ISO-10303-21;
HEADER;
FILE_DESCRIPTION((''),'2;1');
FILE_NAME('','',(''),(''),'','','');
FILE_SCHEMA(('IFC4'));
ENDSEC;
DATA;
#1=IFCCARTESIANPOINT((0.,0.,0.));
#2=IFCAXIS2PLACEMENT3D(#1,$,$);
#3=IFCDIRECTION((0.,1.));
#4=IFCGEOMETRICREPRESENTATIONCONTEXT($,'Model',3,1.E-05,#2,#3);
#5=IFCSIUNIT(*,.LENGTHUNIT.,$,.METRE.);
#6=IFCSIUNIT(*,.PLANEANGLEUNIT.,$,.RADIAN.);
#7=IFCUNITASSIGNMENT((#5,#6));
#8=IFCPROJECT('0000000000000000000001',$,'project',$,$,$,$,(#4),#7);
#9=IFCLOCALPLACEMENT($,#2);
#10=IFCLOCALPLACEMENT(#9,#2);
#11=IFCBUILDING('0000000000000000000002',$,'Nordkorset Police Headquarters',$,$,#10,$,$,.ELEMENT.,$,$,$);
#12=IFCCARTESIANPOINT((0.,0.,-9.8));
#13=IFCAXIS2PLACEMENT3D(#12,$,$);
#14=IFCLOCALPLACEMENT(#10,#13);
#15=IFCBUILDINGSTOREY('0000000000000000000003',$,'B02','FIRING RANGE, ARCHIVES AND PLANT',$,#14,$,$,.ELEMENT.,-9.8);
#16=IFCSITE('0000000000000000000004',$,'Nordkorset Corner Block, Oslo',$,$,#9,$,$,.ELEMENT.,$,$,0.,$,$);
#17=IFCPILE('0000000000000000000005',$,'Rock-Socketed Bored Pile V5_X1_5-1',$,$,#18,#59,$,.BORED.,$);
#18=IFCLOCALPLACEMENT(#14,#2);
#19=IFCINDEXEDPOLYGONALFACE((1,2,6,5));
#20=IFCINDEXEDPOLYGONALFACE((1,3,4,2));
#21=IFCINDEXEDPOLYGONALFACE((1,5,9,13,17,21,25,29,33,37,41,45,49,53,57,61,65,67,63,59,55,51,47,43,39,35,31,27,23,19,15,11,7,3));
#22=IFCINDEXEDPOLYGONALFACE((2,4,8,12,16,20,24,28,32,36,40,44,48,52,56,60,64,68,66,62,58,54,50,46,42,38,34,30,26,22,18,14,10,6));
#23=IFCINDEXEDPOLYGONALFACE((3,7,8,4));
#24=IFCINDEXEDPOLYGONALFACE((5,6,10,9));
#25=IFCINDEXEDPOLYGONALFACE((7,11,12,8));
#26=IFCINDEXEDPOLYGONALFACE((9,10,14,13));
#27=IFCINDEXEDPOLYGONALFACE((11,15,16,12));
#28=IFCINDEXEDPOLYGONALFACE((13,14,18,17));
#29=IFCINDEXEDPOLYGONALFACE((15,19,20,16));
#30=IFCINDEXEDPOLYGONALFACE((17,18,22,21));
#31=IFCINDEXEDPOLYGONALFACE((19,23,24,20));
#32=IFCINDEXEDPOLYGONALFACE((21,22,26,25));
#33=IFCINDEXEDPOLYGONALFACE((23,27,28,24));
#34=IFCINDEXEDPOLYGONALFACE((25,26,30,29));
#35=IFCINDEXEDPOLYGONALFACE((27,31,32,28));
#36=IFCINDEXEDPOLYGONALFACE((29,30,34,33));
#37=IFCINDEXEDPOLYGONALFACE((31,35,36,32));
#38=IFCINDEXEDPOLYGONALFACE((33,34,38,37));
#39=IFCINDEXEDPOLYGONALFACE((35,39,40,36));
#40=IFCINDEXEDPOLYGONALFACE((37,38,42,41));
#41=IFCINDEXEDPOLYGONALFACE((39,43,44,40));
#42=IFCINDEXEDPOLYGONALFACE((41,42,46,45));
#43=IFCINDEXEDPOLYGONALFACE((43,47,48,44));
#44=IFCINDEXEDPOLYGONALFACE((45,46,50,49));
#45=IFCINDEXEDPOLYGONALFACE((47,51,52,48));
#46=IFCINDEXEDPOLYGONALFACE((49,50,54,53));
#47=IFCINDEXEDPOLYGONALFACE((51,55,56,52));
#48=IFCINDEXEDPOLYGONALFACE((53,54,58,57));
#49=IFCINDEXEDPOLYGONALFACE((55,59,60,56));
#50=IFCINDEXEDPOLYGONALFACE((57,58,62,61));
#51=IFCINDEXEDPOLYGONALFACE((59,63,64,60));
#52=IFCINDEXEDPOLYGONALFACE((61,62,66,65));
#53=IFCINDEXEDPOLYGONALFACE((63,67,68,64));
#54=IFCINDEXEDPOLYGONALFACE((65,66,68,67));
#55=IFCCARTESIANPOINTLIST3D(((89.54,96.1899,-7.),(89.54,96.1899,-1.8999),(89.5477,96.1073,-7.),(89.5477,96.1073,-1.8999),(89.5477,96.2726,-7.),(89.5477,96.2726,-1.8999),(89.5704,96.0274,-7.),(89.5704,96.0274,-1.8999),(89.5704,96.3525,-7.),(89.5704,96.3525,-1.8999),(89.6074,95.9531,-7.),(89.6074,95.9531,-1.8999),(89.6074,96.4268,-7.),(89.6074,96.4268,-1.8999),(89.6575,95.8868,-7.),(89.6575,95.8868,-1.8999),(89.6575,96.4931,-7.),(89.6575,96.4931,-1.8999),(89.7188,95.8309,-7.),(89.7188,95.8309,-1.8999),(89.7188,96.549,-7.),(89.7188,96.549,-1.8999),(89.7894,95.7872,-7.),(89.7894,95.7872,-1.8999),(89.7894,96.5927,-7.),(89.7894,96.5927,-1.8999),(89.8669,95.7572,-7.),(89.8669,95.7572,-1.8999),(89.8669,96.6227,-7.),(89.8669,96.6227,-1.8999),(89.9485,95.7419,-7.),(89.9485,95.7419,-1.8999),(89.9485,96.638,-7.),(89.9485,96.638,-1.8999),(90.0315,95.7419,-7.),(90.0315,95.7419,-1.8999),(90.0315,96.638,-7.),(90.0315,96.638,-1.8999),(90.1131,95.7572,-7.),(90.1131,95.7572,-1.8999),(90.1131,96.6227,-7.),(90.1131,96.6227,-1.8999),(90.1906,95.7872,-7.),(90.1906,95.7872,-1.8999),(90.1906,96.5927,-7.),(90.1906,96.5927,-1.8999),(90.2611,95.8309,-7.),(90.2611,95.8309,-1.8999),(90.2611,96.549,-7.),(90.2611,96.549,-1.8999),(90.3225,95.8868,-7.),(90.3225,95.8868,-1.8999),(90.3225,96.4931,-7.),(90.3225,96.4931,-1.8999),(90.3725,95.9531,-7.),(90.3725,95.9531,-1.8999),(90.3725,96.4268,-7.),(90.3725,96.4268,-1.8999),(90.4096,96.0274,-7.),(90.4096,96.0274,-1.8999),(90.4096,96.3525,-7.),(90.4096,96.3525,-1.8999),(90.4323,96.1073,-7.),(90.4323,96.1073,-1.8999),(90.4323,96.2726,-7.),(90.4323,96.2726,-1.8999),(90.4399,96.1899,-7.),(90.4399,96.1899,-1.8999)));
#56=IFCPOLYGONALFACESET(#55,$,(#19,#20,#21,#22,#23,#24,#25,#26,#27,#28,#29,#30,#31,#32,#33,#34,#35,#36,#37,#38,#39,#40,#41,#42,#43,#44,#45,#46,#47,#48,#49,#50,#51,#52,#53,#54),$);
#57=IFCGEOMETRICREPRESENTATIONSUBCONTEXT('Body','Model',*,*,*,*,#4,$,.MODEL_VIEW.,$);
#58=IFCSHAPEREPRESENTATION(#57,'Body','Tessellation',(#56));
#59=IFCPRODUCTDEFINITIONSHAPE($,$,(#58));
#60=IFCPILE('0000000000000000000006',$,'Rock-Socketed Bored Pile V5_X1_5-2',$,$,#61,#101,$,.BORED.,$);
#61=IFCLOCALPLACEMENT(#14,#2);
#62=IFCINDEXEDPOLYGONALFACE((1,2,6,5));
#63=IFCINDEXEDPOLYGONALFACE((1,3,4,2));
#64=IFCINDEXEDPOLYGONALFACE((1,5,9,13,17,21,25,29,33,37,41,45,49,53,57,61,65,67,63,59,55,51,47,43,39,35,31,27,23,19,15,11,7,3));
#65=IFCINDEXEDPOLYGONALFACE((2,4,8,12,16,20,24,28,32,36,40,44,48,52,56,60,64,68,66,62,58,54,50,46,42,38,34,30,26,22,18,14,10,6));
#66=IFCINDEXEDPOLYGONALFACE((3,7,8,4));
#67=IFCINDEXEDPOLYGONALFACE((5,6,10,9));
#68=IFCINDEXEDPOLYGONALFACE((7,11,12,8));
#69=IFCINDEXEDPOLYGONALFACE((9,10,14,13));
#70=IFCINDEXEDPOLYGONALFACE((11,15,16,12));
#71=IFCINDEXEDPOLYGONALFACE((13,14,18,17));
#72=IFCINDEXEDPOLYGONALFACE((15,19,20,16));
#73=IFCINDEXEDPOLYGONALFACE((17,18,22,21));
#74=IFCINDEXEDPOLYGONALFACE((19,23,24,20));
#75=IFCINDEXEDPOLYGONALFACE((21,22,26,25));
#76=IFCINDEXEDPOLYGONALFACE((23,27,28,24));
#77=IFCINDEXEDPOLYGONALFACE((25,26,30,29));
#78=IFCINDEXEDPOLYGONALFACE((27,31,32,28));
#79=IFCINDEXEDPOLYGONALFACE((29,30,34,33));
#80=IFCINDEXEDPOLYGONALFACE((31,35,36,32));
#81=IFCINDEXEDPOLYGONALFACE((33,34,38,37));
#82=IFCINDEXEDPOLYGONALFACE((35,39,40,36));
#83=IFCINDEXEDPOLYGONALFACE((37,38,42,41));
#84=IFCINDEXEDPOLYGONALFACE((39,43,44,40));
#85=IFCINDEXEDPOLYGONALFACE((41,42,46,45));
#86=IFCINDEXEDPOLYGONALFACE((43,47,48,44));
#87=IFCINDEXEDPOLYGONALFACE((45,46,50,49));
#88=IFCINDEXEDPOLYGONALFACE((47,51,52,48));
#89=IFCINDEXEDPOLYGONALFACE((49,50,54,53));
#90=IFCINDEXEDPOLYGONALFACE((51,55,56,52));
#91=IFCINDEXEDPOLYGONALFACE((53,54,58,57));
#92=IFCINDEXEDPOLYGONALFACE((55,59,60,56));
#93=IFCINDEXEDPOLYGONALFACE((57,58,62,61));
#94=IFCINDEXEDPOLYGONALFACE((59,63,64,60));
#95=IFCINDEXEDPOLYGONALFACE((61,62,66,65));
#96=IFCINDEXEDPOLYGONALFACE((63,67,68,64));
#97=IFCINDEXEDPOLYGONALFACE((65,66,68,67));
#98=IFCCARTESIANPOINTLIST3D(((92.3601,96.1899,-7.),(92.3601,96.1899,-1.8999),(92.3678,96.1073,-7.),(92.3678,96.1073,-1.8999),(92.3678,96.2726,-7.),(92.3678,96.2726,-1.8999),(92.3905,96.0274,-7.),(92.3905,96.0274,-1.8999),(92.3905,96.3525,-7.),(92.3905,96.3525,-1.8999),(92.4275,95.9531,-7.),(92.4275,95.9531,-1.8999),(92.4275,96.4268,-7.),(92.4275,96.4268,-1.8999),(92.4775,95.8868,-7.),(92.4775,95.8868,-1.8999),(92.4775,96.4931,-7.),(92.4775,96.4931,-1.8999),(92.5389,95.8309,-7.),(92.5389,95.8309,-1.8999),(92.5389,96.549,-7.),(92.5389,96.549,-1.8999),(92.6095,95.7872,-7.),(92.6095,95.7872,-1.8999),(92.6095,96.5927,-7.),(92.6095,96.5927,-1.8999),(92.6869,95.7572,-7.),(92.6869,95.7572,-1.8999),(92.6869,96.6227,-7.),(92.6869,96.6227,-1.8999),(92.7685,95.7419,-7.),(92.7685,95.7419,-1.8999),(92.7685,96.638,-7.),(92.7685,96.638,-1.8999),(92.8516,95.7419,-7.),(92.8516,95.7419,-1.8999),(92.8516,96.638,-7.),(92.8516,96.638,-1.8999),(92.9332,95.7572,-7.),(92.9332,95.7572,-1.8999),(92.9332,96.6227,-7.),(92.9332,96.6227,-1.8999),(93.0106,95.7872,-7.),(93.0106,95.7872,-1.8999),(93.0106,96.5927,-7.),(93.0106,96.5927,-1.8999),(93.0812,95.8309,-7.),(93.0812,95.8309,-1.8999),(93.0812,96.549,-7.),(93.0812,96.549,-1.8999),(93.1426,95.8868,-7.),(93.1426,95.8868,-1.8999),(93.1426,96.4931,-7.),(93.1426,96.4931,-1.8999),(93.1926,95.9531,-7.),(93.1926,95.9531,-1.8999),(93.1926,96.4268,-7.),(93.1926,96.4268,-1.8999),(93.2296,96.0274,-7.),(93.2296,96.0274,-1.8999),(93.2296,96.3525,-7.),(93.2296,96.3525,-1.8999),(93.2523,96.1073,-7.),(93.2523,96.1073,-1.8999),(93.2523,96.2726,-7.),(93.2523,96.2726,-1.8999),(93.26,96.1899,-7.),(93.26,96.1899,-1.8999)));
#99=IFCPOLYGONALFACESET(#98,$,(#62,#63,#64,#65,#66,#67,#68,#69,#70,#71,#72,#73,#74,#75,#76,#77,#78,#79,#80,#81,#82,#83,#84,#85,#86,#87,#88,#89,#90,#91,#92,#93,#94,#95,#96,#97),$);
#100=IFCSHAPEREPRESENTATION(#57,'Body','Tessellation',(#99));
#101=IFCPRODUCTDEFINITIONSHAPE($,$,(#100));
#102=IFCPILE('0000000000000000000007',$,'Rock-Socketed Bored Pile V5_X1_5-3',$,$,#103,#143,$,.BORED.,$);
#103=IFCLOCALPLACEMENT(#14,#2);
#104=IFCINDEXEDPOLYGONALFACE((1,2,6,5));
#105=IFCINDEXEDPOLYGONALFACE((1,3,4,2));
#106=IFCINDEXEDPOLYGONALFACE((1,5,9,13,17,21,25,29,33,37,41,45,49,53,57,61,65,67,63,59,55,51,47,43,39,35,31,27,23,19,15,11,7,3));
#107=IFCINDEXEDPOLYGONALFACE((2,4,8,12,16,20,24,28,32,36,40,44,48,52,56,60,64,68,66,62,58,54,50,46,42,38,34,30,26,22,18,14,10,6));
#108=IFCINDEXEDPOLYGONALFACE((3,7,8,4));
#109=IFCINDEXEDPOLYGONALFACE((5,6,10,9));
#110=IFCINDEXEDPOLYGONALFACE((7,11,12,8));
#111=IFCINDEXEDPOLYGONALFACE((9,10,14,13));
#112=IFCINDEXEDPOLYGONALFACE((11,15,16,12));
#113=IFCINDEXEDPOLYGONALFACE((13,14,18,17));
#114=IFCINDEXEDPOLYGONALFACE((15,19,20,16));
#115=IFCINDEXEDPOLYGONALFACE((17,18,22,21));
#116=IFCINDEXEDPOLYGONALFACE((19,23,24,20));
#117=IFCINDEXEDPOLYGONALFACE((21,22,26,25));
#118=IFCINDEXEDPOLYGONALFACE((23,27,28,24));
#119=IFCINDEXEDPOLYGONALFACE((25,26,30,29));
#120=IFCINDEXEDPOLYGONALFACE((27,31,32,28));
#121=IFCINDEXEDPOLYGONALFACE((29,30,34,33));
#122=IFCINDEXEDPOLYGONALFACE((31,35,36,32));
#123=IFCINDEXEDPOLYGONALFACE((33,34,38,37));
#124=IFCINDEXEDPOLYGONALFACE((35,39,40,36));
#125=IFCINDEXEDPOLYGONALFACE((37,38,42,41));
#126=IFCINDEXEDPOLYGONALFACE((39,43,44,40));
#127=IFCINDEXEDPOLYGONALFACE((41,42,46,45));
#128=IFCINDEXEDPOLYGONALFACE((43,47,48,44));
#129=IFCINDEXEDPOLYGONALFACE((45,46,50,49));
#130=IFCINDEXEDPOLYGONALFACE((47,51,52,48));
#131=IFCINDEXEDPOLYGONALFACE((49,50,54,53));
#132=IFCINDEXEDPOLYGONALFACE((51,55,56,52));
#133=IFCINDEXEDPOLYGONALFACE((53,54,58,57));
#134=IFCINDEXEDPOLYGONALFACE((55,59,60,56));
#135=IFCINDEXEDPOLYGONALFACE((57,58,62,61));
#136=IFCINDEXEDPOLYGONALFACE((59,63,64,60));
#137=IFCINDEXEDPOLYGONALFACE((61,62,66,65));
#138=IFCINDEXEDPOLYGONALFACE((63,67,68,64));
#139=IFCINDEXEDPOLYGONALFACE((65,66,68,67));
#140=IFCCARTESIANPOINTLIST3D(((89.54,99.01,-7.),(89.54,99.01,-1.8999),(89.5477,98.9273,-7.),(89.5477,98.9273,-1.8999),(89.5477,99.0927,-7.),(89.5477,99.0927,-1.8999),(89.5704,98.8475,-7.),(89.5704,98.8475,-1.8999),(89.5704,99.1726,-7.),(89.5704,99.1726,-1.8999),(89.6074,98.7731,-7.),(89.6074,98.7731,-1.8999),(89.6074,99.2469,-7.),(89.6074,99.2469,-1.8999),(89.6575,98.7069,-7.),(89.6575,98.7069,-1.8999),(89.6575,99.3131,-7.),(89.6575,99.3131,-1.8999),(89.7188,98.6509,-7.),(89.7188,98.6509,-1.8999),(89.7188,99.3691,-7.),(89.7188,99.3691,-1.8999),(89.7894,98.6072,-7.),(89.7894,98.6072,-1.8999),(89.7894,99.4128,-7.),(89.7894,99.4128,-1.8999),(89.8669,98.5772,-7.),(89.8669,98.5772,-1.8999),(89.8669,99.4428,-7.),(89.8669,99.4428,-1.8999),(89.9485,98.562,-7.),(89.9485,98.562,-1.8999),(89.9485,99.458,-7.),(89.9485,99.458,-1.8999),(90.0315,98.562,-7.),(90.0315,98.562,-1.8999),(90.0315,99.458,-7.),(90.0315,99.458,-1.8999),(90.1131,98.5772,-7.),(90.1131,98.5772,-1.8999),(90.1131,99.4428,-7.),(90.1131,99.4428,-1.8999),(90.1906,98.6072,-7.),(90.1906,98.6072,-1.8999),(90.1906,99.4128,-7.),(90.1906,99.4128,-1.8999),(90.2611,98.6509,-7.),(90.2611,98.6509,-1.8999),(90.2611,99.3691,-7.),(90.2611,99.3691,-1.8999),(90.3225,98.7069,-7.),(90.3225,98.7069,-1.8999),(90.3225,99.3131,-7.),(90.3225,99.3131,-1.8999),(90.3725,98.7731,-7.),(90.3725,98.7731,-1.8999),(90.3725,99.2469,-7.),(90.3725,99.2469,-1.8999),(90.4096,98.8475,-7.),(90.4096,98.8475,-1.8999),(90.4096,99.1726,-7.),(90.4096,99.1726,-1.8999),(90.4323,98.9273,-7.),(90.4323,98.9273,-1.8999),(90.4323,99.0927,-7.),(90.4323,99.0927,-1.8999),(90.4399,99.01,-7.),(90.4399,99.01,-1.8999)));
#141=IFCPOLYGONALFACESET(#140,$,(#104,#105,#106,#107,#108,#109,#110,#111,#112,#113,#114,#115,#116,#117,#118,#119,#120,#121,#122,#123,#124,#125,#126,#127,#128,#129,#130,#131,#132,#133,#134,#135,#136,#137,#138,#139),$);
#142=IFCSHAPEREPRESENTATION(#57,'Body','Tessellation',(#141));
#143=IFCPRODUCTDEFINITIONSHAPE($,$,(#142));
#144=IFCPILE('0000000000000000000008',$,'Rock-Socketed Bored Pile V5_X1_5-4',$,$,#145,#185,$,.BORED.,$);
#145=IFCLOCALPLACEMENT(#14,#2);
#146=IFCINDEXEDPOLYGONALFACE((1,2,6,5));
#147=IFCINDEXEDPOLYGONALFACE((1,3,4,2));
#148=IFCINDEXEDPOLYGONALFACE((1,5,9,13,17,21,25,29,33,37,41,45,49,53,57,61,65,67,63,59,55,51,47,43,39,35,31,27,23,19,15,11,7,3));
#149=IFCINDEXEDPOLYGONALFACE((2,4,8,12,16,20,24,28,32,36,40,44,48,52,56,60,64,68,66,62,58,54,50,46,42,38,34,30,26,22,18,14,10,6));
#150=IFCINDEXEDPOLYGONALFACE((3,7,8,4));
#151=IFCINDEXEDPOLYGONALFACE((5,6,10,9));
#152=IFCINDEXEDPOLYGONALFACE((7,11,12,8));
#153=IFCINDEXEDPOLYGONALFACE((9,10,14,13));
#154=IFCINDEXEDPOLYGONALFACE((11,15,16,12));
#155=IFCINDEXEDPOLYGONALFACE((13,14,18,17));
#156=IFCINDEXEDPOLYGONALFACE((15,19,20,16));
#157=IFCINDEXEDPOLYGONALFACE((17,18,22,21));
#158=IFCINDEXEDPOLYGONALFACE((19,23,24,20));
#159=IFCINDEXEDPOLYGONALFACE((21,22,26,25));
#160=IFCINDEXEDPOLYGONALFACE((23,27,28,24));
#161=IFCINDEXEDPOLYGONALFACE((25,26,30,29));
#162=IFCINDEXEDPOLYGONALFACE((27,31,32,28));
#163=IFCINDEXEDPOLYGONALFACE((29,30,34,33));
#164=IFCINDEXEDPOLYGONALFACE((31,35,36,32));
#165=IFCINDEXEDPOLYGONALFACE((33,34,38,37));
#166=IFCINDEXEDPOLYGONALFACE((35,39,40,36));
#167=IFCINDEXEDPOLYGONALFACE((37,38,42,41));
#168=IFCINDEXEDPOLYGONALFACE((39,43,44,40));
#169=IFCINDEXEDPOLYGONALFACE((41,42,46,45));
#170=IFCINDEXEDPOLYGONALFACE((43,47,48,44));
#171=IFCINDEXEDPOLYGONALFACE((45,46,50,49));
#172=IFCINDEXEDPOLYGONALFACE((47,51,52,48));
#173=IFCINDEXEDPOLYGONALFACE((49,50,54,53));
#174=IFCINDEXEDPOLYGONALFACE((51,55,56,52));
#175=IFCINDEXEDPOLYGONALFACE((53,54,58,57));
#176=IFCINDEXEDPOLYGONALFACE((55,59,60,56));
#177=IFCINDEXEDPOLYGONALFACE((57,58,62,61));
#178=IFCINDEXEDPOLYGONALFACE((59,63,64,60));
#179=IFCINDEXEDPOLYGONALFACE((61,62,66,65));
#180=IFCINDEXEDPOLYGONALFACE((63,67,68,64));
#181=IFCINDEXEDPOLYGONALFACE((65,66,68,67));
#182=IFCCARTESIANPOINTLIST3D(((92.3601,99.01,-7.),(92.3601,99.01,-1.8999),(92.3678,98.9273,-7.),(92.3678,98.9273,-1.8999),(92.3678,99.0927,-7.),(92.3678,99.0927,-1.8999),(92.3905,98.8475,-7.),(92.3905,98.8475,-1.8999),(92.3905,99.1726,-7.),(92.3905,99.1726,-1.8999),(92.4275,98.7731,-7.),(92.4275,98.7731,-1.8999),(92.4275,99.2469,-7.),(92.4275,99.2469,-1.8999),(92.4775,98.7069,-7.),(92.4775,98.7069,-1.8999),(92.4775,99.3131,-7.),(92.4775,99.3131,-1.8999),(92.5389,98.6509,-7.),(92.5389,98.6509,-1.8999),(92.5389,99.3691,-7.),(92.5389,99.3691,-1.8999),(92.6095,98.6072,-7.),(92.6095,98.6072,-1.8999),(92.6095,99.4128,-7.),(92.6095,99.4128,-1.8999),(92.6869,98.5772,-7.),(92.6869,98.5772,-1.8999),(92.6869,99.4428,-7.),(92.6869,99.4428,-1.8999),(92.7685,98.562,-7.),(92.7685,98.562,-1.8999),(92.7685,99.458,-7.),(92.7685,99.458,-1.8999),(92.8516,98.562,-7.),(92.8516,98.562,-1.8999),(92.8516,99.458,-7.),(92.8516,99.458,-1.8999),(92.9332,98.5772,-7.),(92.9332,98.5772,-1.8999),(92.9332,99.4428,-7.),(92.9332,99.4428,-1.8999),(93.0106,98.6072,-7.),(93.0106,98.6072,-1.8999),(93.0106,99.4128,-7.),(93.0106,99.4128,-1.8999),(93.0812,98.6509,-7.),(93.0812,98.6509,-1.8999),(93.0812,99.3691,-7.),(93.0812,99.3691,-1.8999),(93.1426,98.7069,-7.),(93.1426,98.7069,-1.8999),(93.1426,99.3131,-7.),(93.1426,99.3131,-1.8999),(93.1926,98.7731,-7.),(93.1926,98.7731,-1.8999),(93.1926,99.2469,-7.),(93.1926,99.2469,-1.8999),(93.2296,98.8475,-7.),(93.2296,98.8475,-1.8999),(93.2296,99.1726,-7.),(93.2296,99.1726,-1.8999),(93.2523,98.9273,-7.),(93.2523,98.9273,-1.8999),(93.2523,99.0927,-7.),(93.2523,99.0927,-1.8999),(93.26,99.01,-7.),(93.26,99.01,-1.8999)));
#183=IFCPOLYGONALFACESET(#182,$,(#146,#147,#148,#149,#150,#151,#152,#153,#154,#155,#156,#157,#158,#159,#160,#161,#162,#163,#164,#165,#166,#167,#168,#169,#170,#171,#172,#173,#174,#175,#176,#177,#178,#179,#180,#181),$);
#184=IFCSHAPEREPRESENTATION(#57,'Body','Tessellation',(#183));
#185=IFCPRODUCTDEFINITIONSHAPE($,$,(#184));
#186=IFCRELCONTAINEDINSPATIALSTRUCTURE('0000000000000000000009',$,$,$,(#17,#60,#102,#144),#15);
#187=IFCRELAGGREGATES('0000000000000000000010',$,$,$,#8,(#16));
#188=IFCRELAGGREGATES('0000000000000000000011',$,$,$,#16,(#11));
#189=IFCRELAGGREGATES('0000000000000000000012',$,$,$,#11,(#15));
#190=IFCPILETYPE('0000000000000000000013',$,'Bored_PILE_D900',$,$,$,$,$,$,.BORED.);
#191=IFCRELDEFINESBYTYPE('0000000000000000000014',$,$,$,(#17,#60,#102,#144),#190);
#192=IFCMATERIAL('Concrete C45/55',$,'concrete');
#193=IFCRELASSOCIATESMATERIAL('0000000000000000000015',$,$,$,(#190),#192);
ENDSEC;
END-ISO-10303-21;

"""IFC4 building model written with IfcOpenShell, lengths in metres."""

from ifc_helpers import new_model, si_unit, direction, frame, origin, origin_2d, place, context, subcontext, project, spatial, circle, extrude, material, material_profile, profile_set, type_object, element, save


model = new_model("IFC4")

# Units and contexts
model_context = context("Model", 3, precision=1e-05, world=origin(), true_north=direction((0.0, 1.0)))
body_context = subcontext(model_context, "Body", "Model", "MODEL_VIEW")
ifc_project = project(units=[si_unit("LENGTHUNIT", "METRE"), si_unit("PLANEANGLEUNIT", "RADIAN")], contexts=[model_context])

# Site, building, storey
site_placement = place(None, origin())
site = spatial("IfcSite", under=ifc_project, at=site_placement, Name="Nordkorset Corner Block, Oslo", CompositionType="ELEMENT", RefElevation=0.0)
building_placement = place(site_placement, origin())
building = spatial("IfcBuilding", under=site, at=building_placement, Name="Nordkorset Police Headquarters", CompositionType="ELEMENT")
storey_placement = place(building_placement, frame((0.0, 0.0, -9.8)))
storey = spatial("IfcBuildingStorey", under=building, at=storey_placement, Name="B02", Description="FIRING RANGE, ARCHIVES AND PLANT", CompositionType="ELEMENT", Elevation=-9.8)

# Piles
ifc_material_1 = material(Name="Concrete C45/55", Category="concrete")
ifc_material_profile_1 = material_profile(ifc_material_1, circle(Radius=0.45, at=origin_2d()), Name="PILE D900")
ifc_profile_set_1 = profile_set([ifc_material_profile_1], Name="Concrete C45/55")
pile_type_1 = type_object("IfcPileType", Name="Bored_PILE_D900", PredefinedType="BORED", material=ifc_profile_set_1)
for number, where, z_axis, x_axis, name in (
    (1, (89.99, 96.1899, -1.8999), (0.0, 0.0, -1.0), (1.0, 0.0, 0.0), "Rock-Socketed Bored Pile V5_X1_5-1"),
    (2, (92.8101, 96.1899, -1.8999), (0.0, 0.0, -1.0), (1.0, 0.0, 0.0), "Rock-Socketed Bored Pile V5_X1_5-2"),
    (3, (89.99, 99.01, -1.8999), (0.0, 0.0, -1.0), (1.0, 0.0, 0.0), "Rock-Socketed Bored Pile V5_X1_5-3"),
    (4, (92.8101, 99.01, -1.8999), (0.0, 0.0, -1.0), (1.0, 0.0, 0.0), "Rock-Socketed Bored Pile V5_X1_5-4"),
):
    element("IfcPile", number, at=place(storey_placement, frame(where, z_axis=z_axis, x_axis=x_axis)), inside=storey, type_object=pile_type_1, Name=name, PredefinedType="BORED", context=body_context, shape_type="SweptSolid", body=[
        extrude(circle(Radius=0.45, at=origin_2d()), origin(), (0.0, 0.0, 1.0), 5.1001),
    ])

save(model, "model.ifc")
